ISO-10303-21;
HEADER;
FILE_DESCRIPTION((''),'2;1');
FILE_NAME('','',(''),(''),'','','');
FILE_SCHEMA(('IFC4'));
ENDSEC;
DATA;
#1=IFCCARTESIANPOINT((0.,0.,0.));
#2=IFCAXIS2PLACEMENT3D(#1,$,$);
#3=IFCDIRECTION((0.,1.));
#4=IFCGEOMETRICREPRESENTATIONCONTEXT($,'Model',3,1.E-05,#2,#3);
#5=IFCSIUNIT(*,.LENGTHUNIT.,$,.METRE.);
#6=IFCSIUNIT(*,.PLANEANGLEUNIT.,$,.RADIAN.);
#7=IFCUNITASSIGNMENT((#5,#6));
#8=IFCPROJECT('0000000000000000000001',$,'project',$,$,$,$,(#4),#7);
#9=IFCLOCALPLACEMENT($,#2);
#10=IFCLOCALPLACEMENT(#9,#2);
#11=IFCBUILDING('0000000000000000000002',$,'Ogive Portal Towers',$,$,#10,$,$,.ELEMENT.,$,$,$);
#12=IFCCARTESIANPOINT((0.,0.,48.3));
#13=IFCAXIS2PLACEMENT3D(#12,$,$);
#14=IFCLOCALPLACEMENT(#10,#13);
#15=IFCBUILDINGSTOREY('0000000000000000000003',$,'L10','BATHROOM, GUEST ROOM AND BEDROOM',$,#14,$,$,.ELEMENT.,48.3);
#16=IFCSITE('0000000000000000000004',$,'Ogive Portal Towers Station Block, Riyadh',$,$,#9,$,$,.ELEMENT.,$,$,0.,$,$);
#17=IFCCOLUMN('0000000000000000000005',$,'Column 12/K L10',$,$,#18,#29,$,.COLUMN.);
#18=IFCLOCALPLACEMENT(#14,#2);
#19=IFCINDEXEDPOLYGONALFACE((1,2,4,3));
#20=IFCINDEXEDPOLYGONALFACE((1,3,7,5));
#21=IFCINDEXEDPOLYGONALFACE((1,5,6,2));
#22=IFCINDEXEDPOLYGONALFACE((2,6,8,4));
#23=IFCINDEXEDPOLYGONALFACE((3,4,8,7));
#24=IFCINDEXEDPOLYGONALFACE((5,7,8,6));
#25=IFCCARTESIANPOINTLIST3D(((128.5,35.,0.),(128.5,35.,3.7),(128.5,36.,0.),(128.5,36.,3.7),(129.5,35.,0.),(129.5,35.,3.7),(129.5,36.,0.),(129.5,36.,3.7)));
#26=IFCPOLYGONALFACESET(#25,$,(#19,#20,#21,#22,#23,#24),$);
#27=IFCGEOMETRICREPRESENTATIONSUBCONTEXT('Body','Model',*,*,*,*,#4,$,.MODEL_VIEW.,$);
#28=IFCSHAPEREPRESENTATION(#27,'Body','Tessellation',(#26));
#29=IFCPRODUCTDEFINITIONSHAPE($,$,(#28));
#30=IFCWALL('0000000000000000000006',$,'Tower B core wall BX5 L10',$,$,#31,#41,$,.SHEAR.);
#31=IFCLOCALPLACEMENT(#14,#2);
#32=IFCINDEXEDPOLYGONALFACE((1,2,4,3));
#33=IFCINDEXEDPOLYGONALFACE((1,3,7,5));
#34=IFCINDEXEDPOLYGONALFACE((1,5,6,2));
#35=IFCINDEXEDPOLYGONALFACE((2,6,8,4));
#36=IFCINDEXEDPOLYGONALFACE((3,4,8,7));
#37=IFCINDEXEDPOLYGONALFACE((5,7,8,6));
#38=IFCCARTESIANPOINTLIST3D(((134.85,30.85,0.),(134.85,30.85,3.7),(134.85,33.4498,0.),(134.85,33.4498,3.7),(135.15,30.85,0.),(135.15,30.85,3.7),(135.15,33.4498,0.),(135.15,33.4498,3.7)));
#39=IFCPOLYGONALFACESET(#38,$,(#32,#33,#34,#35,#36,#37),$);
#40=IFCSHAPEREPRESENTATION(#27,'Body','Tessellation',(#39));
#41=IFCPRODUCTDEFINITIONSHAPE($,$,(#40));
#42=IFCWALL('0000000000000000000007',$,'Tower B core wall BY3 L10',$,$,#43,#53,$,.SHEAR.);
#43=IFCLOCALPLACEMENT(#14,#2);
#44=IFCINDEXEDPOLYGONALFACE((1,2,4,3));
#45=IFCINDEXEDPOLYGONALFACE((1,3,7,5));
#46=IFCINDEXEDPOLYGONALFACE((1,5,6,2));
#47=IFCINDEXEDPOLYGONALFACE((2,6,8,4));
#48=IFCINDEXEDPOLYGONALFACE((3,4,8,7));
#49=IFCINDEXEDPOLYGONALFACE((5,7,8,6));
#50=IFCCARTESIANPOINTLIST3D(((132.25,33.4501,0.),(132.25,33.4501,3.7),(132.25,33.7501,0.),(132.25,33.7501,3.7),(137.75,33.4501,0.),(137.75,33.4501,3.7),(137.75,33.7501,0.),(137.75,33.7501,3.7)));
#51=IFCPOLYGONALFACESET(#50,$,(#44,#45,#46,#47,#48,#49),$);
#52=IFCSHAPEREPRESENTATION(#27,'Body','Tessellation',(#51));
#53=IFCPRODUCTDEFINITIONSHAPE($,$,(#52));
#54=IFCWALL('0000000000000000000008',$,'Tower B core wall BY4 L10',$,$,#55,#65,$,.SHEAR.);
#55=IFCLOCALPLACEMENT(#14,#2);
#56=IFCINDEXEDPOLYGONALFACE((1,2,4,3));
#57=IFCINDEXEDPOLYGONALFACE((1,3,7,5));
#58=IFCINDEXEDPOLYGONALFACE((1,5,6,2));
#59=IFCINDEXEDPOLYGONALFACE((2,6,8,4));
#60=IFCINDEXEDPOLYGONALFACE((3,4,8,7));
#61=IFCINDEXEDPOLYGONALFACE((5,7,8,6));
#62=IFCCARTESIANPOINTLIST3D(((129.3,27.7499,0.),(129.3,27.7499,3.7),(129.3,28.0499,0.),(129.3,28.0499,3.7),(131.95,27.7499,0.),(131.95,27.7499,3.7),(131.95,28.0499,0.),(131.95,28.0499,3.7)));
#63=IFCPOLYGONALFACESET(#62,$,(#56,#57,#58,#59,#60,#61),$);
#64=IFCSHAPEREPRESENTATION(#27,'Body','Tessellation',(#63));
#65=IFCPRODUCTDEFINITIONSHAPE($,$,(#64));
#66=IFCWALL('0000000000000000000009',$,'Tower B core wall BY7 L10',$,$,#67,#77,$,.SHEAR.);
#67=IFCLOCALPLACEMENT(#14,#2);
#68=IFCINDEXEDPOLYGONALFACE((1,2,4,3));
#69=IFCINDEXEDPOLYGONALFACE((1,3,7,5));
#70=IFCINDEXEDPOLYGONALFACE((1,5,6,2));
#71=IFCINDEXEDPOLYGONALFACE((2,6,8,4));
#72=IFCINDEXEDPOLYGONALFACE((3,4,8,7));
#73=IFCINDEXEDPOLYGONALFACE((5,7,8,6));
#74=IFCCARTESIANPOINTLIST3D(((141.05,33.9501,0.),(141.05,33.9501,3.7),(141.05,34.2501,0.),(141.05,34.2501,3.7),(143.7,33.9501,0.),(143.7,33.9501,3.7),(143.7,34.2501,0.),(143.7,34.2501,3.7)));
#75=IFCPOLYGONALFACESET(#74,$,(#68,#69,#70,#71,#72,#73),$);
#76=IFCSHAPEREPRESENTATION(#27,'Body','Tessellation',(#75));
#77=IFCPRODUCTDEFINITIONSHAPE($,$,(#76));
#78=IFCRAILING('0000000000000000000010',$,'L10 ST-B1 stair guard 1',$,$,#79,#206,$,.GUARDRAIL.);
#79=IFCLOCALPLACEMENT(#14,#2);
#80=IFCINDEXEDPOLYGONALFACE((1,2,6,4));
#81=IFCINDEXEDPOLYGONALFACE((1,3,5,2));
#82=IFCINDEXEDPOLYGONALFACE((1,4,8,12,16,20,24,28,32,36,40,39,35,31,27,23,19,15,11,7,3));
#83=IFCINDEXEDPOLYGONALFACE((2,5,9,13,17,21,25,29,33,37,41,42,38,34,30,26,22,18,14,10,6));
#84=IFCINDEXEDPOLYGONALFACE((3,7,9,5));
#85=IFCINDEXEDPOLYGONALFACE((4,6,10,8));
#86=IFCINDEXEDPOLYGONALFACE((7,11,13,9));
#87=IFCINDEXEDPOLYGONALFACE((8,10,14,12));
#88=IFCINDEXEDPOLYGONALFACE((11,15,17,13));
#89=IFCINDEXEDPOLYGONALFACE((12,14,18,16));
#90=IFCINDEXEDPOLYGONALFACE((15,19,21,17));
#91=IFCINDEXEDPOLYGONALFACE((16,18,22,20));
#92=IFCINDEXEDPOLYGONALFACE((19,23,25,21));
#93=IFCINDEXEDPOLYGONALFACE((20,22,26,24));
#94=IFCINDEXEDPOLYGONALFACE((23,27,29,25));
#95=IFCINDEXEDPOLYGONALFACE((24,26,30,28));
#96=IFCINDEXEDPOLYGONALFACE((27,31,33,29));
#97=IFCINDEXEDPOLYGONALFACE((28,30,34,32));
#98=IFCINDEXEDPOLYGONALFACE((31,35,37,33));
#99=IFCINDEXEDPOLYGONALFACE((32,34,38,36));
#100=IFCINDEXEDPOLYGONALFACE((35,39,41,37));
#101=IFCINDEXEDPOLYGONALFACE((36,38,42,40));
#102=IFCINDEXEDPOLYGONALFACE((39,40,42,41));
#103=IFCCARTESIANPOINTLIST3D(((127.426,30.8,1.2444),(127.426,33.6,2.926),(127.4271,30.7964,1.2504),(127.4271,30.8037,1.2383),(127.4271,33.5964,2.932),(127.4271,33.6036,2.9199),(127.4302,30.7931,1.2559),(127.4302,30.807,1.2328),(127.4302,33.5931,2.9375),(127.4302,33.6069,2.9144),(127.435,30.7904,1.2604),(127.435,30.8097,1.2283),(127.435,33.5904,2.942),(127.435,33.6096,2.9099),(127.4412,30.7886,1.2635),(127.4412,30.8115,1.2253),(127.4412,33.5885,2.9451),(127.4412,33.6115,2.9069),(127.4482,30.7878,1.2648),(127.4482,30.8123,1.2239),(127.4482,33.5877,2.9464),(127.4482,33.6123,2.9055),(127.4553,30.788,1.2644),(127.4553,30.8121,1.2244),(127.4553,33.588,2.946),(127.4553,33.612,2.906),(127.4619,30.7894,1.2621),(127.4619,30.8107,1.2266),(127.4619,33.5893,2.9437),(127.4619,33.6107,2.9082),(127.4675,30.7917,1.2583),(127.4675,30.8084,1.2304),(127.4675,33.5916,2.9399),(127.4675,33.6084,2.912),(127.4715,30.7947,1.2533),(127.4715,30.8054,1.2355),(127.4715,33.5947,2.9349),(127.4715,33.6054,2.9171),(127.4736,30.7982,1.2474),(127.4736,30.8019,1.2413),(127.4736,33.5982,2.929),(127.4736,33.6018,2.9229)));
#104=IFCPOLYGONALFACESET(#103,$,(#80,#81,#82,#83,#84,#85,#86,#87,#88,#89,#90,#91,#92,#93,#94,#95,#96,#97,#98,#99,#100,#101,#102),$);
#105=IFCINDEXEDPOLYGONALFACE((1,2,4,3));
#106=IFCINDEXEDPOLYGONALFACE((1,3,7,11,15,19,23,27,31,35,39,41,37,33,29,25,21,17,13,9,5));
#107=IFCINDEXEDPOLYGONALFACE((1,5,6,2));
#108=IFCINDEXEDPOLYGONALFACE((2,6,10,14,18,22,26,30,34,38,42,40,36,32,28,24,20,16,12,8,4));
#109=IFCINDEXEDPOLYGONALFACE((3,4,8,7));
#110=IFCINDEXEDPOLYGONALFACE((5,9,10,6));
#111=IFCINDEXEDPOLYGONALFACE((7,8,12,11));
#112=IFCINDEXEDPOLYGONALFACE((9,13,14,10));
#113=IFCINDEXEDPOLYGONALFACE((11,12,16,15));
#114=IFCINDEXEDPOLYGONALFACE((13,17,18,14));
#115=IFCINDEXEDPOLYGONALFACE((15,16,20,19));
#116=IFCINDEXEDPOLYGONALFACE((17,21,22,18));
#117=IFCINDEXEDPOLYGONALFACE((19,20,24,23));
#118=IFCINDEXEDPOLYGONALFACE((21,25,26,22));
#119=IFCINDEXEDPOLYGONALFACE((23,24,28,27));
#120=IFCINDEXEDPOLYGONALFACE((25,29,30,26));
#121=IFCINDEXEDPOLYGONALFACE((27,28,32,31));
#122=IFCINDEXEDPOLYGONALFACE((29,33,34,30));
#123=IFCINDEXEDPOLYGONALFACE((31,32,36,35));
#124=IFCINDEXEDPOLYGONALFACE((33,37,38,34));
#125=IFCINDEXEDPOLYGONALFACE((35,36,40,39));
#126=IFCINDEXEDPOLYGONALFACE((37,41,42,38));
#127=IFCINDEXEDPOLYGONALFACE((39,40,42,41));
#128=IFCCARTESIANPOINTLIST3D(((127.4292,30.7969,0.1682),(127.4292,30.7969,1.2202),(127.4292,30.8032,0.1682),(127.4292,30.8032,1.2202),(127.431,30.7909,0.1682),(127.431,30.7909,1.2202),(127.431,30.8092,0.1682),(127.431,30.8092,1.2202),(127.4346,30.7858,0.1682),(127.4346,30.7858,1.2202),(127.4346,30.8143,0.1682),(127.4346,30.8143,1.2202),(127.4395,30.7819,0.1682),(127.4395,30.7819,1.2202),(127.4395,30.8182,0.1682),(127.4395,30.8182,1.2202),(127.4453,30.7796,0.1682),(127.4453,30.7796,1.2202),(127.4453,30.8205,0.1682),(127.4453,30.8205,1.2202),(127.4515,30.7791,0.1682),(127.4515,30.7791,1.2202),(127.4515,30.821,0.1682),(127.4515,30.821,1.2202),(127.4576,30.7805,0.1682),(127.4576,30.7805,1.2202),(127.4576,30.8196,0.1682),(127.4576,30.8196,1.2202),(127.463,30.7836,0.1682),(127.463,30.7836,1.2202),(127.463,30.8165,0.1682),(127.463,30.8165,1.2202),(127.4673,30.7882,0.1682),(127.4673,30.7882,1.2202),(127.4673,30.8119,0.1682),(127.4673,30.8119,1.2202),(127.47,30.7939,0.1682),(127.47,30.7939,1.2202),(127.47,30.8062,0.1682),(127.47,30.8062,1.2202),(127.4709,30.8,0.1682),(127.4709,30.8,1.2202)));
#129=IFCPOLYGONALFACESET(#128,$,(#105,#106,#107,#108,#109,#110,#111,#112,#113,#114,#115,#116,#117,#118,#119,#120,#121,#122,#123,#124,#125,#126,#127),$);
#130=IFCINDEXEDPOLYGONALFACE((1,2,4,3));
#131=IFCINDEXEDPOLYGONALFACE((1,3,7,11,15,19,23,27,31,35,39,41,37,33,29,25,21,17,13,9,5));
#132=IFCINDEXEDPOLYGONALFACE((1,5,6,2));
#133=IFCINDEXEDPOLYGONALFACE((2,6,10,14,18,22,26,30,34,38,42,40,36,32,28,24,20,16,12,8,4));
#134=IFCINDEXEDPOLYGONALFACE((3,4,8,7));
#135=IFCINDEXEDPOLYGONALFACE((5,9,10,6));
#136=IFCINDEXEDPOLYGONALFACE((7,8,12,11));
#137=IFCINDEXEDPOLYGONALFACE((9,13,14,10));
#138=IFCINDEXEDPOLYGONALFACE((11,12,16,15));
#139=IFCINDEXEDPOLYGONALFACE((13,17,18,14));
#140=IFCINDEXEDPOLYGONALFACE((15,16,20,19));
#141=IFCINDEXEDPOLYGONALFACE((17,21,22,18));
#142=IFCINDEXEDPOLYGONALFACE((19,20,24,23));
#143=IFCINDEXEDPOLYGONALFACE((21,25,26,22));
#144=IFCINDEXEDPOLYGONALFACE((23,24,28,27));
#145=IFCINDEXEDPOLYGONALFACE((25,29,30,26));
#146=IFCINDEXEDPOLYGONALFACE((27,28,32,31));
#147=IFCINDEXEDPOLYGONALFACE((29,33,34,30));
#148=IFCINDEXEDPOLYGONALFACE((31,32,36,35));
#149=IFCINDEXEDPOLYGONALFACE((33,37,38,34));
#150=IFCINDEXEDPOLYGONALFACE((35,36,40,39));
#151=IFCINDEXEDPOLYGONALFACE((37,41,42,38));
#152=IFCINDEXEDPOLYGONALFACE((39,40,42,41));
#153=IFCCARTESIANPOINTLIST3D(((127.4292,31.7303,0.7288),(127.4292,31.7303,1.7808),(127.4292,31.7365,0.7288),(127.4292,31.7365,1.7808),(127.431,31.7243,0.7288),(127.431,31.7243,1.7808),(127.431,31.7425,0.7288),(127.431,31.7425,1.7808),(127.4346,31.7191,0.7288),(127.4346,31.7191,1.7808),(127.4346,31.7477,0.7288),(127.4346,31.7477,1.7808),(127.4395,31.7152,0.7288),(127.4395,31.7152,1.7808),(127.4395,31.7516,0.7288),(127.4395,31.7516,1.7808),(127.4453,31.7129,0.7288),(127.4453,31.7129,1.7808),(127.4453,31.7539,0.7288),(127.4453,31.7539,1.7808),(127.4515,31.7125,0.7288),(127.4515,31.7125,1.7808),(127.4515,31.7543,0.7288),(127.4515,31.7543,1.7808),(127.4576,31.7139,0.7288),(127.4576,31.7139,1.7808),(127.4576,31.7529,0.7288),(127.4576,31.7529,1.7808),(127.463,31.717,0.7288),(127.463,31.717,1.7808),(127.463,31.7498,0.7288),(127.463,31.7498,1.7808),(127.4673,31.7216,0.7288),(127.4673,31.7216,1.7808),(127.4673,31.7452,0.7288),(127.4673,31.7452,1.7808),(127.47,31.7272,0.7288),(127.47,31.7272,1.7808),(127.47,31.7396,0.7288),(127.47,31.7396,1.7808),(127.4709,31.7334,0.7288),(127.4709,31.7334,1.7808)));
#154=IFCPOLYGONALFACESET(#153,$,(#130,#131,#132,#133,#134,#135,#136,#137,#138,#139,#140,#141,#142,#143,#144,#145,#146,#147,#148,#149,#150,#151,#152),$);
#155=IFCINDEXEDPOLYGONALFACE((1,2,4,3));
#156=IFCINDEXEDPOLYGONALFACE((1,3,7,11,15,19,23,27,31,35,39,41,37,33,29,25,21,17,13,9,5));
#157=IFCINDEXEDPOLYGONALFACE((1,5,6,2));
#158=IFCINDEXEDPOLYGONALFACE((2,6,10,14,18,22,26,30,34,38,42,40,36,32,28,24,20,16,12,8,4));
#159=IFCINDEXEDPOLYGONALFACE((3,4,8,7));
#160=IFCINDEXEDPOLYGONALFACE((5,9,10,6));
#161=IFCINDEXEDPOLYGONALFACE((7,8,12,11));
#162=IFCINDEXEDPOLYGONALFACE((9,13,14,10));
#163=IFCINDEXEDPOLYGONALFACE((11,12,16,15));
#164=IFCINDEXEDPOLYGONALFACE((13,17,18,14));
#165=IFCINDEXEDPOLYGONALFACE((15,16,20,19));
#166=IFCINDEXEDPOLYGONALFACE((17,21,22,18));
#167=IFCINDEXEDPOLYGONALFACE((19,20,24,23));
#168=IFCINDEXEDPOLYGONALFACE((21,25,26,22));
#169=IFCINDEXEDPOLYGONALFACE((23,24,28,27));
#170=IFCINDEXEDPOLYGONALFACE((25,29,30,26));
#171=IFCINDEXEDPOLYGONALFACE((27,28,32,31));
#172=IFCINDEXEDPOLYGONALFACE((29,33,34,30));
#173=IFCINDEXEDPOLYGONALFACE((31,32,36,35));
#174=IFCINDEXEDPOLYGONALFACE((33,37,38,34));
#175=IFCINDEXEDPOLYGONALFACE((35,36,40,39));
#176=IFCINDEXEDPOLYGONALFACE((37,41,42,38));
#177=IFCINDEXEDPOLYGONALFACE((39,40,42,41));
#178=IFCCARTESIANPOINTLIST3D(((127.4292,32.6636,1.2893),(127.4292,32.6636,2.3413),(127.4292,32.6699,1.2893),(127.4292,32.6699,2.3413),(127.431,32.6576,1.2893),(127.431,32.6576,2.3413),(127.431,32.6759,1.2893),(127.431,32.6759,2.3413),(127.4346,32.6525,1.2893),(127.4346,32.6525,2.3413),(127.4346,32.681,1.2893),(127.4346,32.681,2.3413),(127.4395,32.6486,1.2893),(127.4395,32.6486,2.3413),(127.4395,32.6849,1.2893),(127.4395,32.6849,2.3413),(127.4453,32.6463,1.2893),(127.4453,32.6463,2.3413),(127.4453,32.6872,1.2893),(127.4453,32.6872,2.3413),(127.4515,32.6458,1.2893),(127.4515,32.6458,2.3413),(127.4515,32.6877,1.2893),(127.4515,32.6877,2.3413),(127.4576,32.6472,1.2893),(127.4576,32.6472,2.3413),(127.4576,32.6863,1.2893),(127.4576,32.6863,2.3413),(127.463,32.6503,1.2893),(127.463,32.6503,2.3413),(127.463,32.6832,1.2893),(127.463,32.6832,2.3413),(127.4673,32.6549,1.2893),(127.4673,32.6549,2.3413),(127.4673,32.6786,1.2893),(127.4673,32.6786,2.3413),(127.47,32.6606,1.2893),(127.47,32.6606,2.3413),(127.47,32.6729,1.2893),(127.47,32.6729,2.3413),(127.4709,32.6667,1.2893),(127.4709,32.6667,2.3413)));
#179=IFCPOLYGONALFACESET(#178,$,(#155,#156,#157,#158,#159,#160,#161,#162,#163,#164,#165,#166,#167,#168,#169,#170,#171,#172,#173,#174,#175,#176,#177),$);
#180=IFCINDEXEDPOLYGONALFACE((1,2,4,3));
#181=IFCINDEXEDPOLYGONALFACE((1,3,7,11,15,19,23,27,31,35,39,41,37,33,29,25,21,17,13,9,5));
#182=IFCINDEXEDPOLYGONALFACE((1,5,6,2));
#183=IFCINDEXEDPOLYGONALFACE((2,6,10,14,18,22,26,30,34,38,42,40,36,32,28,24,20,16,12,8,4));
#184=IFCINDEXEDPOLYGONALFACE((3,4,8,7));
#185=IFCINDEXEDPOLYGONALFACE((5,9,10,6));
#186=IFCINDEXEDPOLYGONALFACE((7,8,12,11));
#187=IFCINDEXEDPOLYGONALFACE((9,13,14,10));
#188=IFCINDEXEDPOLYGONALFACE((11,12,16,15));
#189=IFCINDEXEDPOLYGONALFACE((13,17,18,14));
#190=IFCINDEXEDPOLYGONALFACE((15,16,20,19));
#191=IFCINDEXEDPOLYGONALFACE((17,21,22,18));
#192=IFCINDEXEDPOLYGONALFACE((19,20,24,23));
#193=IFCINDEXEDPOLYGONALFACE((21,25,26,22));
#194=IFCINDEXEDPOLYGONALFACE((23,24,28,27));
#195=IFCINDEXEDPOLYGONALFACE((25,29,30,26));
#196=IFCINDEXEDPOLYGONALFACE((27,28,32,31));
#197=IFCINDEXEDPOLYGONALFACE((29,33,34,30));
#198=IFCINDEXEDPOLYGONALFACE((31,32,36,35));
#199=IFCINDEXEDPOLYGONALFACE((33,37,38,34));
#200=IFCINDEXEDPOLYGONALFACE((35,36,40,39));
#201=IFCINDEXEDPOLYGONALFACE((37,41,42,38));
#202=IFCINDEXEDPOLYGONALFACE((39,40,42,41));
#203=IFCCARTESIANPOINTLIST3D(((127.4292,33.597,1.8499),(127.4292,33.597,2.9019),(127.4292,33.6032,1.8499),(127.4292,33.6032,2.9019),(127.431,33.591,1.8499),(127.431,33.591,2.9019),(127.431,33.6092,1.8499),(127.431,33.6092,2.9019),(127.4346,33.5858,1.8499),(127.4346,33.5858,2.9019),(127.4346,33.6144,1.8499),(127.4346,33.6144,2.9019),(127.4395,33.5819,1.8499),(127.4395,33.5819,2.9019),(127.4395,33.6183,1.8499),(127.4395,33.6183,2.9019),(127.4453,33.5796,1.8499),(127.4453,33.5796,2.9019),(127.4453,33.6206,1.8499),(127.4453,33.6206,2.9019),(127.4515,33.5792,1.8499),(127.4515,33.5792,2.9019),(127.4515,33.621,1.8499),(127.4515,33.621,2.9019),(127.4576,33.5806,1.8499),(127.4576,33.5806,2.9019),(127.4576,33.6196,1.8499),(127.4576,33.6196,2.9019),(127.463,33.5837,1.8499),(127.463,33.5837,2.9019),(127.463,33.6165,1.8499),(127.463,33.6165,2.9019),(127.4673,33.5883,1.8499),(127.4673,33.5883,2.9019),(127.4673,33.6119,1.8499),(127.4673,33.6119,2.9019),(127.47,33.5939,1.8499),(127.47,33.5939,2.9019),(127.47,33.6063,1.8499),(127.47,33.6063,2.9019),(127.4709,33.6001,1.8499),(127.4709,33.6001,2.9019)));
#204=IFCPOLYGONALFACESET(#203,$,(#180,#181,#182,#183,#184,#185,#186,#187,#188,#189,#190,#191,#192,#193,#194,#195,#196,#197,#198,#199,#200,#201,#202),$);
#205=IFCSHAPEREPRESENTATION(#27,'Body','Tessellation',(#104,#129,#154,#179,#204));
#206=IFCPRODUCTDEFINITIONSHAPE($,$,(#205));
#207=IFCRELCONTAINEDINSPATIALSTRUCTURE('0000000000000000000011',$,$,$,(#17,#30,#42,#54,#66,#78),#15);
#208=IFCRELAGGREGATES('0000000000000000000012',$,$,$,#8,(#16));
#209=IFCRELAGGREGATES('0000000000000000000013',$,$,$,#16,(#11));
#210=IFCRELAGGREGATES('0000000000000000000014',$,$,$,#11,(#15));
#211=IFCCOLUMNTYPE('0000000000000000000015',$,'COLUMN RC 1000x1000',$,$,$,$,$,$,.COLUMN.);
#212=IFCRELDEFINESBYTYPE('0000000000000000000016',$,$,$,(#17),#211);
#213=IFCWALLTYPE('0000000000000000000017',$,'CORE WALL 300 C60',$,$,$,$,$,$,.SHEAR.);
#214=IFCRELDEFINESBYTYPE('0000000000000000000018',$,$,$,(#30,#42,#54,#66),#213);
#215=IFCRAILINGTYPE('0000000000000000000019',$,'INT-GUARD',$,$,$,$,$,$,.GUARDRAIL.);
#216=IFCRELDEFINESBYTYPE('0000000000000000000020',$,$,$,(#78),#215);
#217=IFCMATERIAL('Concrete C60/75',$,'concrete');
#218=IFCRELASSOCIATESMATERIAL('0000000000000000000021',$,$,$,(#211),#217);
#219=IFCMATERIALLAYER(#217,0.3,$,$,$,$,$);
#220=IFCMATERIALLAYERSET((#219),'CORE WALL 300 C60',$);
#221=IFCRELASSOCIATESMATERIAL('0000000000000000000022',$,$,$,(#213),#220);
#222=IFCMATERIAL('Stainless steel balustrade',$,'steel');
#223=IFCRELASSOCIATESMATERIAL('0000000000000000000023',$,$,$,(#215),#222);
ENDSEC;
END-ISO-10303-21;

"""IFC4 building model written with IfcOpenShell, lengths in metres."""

from ifc_helpers import new_model, si_unit, direction, frame, frame_2d, origin, origin_2d, place, context, subcontext, project, spatial, rectangle, circle, extrude, material, layer, layer_set, material_profile, profile_set, type_object, element, save


model = new_model("IFC4")

# Units and contexts
model_context = context("Model", 3, precision=1e-05, world=origin(), true_north=direction((0.0, 1.0)))
body_context = subcontext(model_context, "Body", "Model", "MODEL_VIEW")
ifc_project = project(units=[si_unit("LENGTHUNIT", "METRE"), si_unit("PLANEANGLEUNIT", "RADIAN")], contexts=[model_context])

# Site, building, storey
site_placement = place(None, origin())
site = spatial("IfcSite", under=ifc_project, at=site_placement, Name="Ogive Portal Towers Station Block, Riyadh", CompositionType="ELEMENT", RefElevation=0.0)
building_placement = place(site_placement, origin())
building = spatial("IfcBuilding", under=site, at=building_placement, Name="Ogive Portal Towers", CompositionType="ELEMENT")
storey_placement = place(building_placement, frame((0.0, 0.0, 48.3)))
storey = spatial("IfcBuildingStorey", under=building, at=storey_placement, Name="L10", Description="BATHROOM, GUEST ROOM AND BEDROOM", CompositionType="ELEMENT", Elevation=48.3)

# Column
ifc_material_1 = material(Name="Concrete C60/75", Category="concrete")
ifc_material_profile = material_profile(ifc_material_1, rectangle(XDim=1.0, YDim=1.0, at=origin_2d()), Name="RC 1000x1000")
ifc_profile_set = profile_set([ifc_material_profile], Name="Concrete C60/75")
column_type = type_object("IfcColumnType", Name="COLUMN RC 1000x1000", PredefinedType="COLUMN", material=ifc_profile_set)
column_placement = place(storey_placement, frame((129.0, 35.5, 0.0), z_axis=(0.0, 0.0, 1.0), x_axis=(1.0, 0.0, 0.0)))
element("IfcColumn", 1, at=column_placement, inside=storey, type_object=column_type, Name="Column 12/K L10", PredefinedType="COLUMN", context=body_context, shape_type="SweptSolid", body=[
    extrude(rectangle(XDim=1.0, YDim=1.0, at=origin_2d()), origin(), (0.0, 0.0, 1.0), 3.7),
])

# Wall
ifc_layer = layer(ifc_material_1, 0.3)
ifc_layer_set = layer_set([ifc_layer], Name="CORE WALL 300 C60")
wall_type = type_object("IfcWallType", Name="CORE WALL 300 C60", PredefinedType="SHEAR", material=ifc_layer_set)
wall_1_placement = place(storey_placement, frame((135.0, 30.8501, 0.0), z_axis=(0.0, 0.0, 1.0), x_axis=(0.0, 1.0, 0.0)))
element("IfcWall", 2, at=wall_1_placement, inside=storey, type_object=wall_type, Name="Tower B core wall BX5 L10", PredefinedType="SHEAR", context=body_context, shape_type="SweptSolid", body=[
    extrude(rectangle(XDim=2.5999, YDim=0.3, at=frame_2d((1.2998, 0.0))), origin(), (0.0, 0.0, 1.0), 3.7),
])

# Walls
wall_2_placement = place(storey_placement, frame((132.25, 33.6001, 0.0), z_axis=(0.0, 0.0, 1.0), x_axis=(1.0, 0.0, 0.0)))
element("IfcWall", 3, at=wall_2_placement, inside=storey, type_object=wall_type, Name="Tower B core wall BY3 L10", PredefinedType="SHEAR", context=body_context, shape_type="SweptSolid", body=[
    extrude(rectangle(XDim=5.5, YDim=0.3, at=frame_2d((2.75, 0.0))), origin(), (0.0, 0.0, 1.0), 3.7),
])
wall_3_placement = place(storey_placement, frame((129.3, 27.8999, 0.0), z_axis=(0.0, 0.0, 1.0), x_axis=(1.0, 0.0, 0.0)))
element("IfcWall", 4, at=wall_3_placement, inside=storey, type_object=wall_type, Name="Tower B core wall BY4 L10", PredefinedType="SHEAR", context=body_context, shape_type="SweptSolid", body=[
    extrude(rectangle(XDim=2.6499, YDim=0.3, at=frame_2d((1.325, 0.0))), origin(), (0.0, 0.0, 1.0), 3.7),
])

# Wall
wall_4_placement = place(storey_placement, frame((141.05, 34.1001, 0.0), z_axis=(0.0, 0.0, 1.0), x_axis=(1.0, 0.0, 0.0)))
element("IfcWall", 5, at=wall_4_placement, inside=storey, type_object=wall_type, Name="Tower B core wall BY7 L10", PredefinedType="SHEAR", context=body_context, shape_type="SweptSolid", body=[
    extrude(rectangle(XDim=2.6499, YDim=0.3, at=frame_2d((1.325, 0.0))), origin(), (0.0, 0.0, 1.0), 3.7),
])

# Railing
ifc_material_2 = material(Name="Stainless steel balustrade", Category="steel")
railing_type_1 = type_object("IfcRailingType", Name="INT-GUARD", PredefinedType="GUARDRAIL", material=ifc_material_2)
railing_1_placement = place(storey_placement, frame((127.45, 30.8, 0.1682)))
element("IfcRailing", 6, at=railing_1_placement, inside=storey, type_object=railing_type_1, Name="L10 ST-B1 stair guard 1", PredefinedType="GUARDRAIL", context=body_context, shape_type="SweptSolid", body=[
    extrude(circle(Radius=0.0239, at=origin_2d()), frame((0.0, 0.0, 1.0762), z_axis=(0.0, 0.857275, 0.514858), x_axis=(-1.0, 0.0, 0.0)), (0.0, 0.0, 1.0), 3.2661),
    extrude(circle(Radius=0.021, at=origin_2d()), origin(), (0.0, 0.0, 1.0), 1.052),
    extrude(circle(Radius=0.021, at=origin_2d()), frame((0.0, 0.9333, 0.5605)), (0.0, 0.0, 1.0), 1.052),
    extrude(circle(Radius=0.021, at=origin_2d()), frame((0.0, 1.8667, 1.1211)), (0.0, 0.0, 1.0), 1.052),
    extrude(circle(Radius=0.021, at=origin_2d()), frame((0.0, 2.8, 1.6816)), (0.0, 0.0, 1.0), 1.052),
])

save(model, "model.ifc")
